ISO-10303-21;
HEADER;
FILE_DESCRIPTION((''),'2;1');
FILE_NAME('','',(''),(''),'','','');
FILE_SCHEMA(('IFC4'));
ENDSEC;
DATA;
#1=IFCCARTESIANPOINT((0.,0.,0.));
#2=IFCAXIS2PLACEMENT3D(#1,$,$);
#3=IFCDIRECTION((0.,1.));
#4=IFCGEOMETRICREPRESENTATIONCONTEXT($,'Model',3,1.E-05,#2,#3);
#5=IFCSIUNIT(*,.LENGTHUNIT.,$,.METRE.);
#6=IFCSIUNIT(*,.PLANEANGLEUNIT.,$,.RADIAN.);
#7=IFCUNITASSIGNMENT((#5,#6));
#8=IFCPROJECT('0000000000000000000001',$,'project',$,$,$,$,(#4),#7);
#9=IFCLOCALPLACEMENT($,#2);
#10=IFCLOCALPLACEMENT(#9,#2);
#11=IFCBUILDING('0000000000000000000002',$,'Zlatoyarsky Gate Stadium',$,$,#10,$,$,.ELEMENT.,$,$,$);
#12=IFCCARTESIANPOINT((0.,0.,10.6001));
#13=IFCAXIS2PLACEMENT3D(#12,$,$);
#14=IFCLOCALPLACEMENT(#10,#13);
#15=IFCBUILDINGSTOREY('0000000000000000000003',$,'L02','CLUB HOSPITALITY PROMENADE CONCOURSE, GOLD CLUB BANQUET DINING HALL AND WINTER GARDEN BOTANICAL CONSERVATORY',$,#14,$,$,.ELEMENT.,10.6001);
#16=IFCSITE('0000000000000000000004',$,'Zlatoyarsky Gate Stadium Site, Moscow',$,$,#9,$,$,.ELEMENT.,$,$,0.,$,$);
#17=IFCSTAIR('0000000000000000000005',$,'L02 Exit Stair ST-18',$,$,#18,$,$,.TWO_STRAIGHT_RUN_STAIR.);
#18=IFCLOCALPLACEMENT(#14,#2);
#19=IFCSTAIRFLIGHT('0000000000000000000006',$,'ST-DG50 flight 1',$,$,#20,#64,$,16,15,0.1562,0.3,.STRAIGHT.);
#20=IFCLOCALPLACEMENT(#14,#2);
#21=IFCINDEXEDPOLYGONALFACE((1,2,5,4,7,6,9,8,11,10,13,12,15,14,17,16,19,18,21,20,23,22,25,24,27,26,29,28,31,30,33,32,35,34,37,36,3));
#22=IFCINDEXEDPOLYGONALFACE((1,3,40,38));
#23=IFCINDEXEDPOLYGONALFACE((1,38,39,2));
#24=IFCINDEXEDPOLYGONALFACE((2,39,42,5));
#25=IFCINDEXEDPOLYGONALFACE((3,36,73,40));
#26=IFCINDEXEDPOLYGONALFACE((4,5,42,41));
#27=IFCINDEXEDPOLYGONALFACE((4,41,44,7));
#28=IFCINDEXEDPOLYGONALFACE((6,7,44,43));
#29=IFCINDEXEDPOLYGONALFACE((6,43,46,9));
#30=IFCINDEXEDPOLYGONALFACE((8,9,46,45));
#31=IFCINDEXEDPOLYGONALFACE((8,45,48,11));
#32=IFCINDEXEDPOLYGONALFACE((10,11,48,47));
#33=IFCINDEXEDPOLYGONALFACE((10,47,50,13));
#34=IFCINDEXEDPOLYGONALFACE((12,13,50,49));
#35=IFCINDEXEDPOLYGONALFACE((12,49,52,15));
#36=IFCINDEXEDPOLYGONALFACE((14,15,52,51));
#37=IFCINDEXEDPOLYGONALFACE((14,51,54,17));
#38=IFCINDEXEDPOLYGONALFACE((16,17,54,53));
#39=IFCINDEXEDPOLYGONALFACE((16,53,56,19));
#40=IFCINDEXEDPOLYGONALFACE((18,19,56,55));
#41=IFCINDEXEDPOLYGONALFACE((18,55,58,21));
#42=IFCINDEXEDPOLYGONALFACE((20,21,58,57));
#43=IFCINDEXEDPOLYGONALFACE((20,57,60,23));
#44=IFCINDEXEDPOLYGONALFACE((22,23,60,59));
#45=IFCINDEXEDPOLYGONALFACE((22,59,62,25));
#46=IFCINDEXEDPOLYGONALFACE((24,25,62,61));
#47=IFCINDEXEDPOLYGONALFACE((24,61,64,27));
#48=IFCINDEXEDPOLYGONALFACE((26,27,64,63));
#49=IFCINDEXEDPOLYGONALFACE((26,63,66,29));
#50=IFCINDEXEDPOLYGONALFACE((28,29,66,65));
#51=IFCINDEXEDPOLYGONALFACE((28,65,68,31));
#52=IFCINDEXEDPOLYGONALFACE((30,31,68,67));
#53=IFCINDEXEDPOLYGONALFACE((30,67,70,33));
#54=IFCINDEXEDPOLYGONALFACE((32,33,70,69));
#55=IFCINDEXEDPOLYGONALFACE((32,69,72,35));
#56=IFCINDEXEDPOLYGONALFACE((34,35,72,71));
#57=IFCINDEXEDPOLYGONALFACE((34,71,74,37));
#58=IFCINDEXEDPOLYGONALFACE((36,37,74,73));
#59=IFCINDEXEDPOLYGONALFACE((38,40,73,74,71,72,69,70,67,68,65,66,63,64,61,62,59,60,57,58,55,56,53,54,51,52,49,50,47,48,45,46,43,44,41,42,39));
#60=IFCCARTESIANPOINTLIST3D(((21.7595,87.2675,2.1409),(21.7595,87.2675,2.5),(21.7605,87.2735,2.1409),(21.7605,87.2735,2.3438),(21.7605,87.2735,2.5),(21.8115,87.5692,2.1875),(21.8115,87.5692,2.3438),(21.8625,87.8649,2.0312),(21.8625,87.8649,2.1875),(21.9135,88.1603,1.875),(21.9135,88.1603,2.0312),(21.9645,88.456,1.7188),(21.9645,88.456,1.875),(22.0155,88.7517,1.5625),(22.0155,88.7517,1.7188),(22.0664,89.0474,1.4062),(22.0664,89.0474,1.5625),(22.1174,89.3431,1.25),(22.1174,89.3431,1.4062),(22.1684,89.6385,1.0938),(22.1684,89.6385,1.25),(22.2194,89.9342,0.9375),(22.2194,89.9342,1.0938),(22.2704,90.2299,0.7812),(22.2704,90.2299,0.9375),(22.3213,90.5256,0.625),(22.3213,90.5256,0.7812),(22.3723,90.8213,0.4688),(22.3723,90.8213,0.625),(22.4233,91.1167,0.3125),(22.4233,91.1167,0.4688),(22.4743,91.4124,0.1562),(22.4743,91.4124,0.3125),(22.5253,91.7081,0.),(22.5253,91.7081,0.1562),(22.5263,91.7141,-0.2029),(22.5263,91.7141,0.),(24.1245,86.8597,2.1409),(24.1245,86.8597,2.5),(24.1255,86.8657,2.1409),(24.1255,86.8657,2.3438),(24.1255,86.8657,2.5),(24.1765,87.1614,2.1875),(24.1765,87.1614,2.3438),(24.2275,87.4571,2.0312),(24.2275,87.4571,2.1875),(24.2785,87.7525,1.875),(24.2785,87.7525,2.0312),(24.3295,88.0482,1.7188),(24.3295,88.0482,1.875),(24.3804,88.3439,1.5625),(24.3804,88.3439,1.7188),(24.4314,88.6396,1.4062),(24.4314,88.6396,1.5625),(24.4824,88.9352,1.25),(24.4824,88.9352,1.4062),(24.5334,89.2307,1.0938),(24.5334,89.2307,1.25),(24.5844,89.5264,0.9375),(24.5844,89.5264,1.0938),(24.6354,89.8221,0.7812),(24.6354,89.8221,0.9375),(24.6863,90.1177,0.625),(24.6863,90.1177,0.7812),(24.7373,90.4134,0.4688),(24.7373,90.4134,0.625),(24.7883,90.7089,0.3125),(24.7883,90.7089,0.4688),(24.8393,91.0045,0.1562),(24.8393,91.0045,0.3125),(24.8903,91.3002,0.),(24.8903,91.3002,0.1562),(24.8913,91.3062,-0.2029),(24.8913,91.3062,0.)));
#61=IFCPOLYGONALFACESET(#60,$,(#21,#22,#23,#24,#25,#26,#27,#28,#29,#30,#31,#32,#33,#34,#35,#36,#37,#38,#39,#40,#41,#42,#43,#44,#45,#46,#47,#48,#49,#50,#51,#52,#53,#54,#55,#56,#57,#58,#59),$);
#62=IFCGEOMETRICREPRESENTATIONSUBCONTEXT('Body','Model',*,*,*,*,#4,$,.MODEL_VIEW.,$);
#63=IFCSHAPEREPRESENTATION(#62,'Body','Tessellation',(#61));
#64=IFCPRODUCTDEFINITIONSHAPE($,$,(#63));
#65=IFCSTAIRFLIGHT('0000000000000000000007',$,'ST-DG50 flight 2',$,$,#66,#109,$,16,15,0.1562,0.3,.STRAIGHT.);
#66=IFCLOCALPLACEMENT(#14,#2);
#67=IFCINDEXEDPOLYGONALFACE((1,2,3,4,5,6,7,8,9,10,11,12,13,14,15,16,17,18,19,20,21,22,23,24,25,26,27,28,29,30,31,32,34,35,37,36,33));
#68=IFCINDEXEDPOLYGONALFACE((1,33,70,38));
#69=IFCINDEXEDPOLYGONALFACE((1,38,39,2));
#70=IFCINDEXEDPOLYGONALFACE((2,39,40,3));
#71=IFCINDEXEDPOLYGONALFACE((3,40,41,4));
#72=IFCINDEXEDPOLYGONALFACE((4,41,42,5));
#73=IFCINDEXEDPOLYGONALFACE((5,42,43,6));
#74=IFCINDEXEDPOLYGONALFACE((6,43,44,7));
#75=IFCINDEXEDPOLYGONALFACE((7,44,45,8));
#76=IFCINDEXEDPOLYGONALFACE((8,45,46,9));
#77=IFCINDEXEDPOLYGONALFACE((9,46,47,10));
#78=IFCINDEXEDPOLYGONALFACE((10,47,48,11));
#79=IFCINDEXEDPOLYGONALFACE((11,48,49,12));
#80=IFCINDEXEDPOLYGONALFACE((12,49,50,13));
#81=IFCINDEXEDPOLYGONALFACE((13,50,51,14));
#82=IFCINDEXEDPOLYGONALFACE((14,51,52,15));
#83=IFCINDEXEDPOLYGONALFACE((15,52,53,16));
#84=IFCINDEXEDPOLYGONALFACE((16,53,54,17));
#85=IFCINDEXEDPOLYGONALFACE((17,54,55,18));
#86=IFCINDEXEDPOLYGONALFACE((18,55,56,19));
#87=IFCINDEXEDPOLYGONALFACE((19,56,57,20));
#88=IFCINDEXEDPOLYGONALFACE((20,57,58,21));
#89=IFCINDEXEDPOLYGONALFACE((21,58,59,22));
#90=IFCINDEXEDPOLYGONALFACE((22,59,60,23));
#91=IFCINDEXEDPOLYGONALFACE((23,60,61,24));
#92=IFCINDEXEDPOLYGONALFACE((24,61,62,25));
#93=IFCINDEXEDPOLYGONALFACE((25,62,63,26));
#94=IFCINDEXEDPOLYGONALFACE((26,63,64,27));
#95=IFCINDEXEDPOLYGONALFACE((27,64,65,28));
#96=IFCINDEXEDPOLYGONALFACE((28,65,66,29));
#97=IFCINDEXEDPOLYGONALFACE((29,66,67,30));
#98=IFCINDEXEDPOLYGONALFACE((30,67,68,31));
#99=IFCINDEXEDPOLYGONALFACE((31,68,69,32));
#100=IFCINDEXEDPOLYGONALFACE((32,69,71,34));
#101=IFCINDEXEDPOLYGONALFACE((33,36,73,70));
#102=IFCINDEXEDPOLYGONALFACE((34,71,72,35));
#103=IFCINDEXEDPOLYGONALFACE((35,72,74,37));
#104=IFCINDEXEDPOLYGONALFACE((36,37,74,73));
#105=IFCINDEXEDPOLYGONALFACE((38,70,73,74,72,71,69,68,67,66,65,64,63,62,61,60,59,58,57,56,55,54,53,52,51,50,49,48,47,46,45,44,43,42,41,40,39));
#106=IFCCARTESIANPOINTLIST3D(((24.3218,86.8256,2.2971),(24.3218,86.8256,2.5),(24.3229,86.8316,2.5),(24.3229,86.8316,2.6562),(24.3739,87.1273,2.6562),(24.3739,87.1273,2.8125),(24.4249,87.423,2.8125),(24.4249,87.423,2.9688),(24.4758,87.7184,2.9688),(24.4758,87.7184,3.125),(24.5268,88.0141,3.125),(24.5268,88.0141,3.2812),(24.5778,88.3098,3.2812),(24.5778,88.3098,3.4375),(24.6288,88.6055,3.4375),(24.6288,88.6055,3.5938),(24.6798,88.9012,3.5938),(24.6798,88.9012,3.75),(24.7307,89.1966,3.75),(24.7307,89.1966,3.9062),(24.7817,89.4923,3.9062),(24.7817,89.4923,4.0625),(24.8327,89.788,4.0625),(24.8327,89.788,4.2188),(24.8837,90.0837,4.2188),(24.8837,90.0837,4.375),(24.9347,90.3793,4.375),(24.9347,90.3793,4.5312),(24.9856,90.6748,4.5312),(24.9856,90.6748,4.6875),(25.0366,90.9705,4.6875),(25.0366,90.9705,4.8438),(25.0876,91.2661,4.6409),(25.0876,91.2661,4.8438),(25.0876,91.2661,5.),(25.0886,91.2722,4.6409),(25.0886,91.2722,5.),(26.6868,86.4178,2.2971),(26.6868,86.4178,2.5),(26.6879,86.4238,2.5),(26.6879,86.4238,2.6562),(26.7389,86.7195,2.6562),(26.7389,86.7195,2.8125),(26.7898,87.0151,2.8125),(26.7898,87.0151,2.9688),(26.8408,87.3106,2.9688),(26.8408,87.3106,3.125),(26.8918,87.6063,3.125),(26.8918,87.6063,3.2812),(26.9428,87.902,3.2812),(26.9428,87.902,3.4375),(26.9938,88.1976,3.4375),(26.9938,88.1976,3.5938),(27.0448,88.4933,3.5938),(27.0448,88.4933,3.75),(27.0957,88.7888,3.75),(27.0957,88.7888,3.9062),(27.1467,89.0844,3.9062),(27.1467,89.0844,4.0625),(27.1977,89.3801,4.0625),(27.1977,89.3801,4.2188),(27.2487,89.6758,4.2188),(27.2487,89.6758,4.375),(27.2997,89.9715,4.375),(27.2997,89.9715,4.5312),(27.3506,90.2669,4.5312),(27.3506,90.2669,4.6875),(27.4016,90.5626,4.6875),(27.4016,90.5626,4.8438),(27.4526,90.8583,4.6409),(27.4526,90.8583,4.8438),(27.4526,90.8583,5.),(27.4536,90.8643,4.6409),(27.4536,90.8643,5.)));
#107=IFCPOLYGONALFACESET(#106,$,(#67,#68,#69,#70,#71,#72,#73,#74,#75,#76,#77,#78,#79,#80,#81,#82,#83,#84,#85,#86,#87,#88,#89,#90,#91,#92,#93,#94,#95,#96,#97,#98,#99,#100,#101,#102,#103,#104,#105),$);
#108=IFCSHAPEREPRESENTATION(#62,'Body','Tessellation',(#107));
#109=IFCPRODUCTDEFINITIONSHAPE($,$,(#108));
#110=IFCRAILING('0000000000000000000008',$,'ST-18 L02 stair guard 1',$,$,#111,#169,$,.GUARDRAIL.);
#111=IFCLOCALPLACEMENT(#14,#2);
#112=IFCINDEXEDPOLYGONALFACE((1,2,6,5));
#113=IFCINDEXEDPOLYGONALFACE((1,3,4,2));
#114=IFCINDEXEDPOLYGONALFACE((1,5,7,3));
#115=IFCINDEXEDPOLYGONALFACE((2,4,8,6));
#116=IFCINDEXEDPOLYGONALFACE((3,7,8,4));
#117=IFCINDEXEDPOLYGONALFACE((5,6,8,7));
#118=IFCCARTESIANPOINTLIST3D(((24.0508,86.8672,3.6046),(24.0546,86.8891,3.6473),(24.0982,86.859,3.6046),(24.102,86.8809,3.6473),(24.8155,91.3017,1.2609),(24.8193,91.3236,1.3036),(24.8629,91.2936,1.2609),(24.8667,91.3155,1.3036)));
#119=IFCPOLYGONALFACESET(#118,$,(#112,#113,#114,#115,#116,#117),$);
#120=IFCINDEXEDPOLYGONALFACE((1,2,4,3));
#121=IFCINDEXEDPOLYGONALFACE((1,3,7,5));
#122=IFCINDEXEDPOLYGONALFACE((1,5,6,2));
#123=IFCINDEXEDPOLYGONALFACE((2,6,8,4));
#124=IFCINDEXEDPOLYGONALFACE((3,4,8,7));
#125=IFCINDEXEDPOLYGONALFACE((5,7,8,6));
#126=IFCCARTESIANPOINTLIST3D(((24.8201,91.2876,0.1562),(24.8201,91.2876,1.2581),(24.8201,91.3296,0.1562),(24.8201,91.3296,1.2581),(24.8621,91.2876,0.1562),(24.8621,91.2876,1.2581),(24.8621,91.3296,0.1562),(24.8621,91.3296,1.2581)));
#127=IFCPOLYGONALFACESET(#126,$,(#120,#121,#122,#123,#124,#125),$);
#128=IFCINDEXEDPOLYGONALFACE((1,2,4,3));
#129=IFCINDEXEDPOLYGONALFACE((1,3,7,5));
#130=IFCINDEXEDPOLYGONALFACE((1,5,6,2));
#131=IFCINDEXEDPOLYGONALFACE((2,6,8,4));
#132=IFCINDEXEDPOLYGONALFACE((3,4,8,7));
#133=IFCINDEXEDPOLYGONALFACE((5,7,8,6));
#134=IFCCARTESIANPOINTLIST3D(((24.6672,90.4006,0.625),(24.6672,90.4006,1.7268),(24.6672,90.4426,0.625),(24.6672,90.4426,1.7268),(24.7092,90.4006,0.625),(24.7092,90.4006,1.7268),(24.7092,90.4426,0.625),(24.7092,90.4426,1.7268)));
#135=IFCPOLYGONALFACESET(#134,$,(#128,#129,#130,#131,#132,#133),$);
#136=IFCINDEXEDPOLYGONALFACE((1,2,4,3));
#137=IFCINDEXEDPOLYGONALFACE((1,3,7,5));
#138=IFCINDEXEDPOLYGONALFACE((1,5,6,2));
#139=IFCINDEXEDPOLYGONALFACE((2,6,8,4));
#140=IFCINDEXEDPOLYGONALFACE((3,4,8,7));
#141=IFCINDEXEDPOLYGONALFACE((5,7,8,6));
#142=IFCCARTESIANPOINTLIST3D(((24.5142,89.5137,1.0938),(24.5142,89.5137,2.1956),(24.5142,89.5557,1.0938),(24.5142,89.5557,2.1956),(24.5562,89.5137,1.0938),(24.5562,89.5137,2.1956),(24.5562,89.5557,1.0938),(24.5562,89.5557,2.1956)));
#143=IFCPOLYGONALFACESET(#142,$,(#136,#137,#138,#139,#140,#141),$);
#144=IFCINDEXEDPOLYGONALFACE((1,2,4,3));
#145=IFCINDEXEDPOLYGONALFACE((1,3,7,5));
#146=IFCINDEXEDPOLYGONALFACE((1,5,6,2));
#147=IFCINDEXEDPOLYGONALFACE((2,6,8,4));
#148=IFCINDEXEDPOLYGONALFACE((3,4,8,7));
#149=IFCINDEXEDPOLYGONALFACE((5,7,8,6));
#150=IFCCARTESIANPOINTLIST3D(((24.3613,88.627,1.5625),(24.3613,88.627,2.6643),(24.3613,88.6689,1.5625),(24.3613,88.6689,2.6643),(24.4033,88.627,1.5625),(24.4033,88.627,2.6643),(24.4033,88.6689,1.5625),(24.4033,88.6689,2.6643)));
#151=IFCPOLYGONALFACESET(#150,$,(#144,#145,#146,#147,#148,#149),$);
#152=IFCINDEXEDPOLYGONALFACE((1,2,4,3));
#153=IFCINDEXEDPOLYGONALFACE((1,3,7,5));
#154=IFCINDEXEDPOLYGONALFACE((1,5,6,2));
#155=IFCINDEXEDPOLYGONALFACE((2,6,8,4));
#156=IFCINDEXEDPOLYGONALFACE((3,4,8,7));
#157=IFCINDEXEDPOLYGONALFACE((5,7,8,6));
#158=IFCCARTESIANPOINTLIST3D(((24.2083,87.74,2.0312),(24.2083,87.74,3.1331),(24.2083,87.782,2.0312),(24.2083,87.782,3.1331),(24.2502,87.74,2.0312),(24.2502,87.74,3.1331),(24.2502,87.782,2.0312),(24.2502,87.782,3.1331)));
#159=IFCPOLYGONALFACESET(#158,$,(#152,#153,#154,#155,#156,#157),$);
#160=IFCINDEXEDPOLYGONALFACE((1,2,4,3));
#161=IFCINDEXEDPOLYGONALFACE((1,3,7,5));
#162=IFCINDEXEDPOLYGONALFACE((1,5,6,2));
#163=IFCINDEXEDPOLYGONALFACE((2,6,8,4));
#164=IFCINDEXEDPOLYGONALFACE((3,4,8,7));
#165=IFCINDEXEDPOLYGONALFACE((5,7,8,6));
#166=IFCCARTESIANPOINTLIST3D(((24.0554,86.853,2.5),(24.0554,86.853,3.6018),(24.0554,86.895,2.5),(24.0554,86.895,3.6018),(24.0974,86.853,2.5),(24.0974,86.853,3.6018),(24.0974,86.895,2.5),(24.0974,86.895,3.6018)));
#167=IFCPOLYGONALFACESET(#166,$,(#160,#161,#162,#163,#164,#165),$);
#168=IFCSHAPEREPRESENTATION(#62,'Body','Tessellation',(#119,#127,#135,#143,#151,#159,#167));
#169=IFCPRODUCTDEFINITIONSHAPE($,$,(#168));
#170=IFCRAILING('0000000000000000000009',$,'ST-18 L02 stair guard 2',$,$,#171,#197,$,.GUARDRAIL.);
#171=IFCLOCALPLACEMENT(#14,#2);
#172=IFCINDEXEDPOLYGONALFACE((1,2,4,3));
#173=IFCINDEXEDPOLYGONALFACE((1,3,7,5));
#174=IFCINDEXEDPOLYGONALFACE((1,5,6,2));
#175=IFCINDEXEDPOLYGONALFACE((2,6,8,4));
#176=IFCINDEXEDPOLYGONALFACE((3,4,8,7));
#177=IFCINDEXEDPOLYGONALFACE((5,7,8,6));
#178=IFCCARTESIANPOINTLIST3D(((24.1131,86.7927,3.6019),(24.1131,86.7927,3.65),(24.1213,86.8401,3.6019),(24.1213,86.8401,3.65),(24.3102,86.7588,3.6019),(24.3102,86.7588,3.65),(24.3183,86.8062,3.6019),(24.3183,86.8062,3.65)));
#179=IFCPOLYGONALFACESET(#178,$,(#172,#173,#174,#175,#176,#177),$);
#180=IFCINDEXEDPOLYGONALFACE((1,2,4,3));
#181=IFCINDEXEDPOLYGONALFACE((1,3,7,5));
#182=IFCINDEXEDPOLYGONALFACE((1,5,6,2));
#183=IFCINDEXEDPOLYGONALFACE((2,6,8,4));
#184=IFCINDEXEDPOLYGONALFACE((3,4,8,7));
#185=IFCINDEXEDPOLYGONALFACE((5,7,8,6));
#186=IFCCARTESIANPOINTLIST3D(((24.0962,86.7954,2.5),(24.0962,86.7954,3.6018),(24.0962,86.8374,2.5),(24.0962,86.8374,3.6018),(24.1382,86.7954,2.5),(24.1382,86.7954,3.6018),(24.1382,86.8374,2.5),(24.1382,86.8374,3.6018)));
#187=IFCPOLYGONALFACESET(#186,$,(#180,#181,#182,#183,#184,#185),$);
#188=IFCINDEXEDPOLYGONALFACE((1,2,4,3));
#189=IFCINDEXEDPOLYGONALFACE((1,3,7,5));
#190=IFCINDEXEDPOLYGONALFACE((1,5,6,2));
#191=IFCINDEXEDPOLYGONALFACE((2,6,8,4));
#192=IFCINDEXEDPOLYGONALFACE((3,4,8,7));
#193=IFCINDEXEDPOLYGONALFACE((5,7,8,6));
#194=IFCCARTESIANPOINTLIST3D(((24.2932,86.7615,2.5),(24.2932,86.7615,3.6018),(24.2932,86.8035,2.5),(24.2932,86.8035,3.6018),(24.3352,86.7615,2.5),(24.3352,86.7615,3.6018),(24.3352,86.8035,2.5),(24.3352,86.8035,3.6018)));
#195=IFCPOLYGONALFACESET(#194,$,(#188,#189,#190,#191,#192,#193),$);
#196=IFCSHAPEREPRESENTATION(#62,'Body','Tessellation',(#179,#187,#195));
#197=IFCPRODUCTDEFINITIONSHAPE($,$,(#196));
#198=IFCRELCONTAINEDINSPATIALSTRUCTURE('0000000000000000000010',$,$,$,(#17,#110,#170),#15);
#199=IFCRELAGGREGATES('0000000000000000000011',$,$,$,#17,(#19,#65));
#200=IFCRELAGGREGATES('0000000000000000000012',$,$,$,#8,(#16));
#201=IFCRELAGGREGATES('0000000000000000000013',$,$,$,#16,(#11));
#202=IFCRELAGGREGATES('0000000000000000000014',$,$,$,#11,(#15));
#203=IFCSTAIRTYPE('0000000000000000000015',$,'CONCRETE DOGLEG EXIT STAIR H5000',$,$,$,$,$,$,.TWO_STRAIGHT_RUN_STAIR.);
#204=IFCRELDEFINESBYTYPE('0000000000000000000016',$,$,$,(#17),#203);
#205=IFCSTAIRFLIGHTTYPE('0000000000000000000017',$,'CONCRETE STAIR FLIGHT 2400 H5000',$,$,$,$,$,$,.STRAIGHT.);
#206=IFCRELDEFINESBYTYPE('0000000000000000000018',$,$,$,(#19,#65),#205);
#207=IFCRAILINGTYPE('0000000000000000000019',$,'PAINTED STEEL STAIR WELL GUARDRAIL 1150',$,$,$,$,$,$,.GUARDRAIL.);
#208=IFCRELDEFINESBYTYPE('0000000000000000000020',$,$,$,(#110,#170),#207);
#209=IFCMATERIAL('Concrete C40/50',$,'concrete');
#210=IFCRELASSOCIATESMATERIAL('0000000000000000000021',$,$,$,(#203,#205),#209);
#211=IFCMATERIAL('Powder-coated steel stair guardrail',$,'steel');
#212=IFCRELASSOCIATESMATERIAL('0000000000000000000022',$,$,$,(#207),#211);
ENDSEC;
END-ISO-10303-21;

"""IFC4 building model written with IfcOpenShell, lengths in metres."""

from ifc_helpers import new_model, si_unit, direction, frame, origin, origin_2d, place, context, subcontext, project, spatial, polyline, rectangle, outline, extrude, material, type_object, element, aggregate, save


model = new_model("IFC4")

# Units and contexts
model_context = context("Model", 3, precision=1e-05, world=origin(), true_north=direction((0.0, 1.0)))
body_context = subcontext(model_context, "Body", "Model", "MODEL_VIEW")
ifc_project = project(units=[si_unit("LENGTHUNIT", "METRE"), si_unit("PLANEANGLEUNIT", "RADIAN")], contexts=[model_context])

# Site, building, storey
site_placement = place(None, origin())
site = spatial("IfcSite", under=ifc_project, at=site_placement, Name="Zlatoyarsky Gate Stadium Site, Moscow", CompositionType="ELEMENT", RefElevation=0.0)
building_placement = place(site_placement, origin())
building = spatial("IfcBuilding", under=site, at=building_placement, Name="Zlatoyarsky Gate Stadium", CompositionType="ELEMENT")
storey_placement = place(building_placement, frame((0.0, 0.0, 10.6001)))
storey = spatial("IfcBuildingStorey", under=building, at=storey_placement, Name="L02", Description="CLUB HOSPITALITY PROMENADE CONCOURSE, GOLD CLUB BANQUET DINING HALL AND WINTER GARDEN BOTANICAL CONSERVATORY", CompositionType="ELEMENT", Elevation=10.6001)

# Shared definitions
ifc_material_1 = material(Name="Concrete C40/50", Category="concrete")

# Stair, stair flights
stair_type = type_object("IfcStairType", Name="CONCRETE DOGLEG EXIT STAIR H5000", PredefinedType="TWO_STRAIGHT_RUN_STAIR", material=ifc_material_1)
stair_placement = place(storey_placement, origin())
stair = element("IfcStair", 1, at=stair_placement, inside=storey, type_object=stair_type, Name="L02 Exit Stair ST-18", PredefinedType="TWO_STRAIGHT_RUN_STAIR")
stair_flight_type = type_object("IfcStairFlightType", Name="CONCRETE STAIR FLIGHT 2400 H5000", PredefinedType="STRAIGHT", material=ifc_material_1)
stair_flight_1_placement = place(storey_placement, frame((23.7078, 91.5042, 0.0), z_axis=(0.0, 0.0, 1.0), x_axis=(-0.169938, -0.985455, 0.0)))
stair_flight_1 = element("IfcStairFlight", 2, at=stair_flight_1_placement, type_object=stair_flight_type, Name="ST-DG50 flight 1", NumberOfRisers=16, NumberOfTreads=15, PredefinedType="STRAIGHT", RiserHeight=0.1562, TreadLength=0.3, context=body_context, shape_type="SweptSolid", body=[
    extrude(outline(polyline([(-0.0061, -0.2029), (-0.0061, 0.0), (0.0, 0.0), (0.0, 0.1562), (0.3, 0.1562), (0.3, 0.3125), (0.6001, 0.3125), (0.6001, 0.4688), (0.8999, 0.4688), (0.8999, 0.625), (1.2, 0.625), (1.2, 0.7812), (1.5, 0.7812), (1.5, 0.9375), (1.8, 0.9375), (1.8, 1.0938), (2.1001, 1.0938), (2.1001, 1.25), (2.3999, 1.25), (2.3999, 1.4062), (2.7, 1.4062), (2.7, 1.5625), (3.0, 1.5625), (3.0, 1.7188), (3.3, 1.7188), (3.3, 1.875), (3.6001, 1.875), (3.6001, 2.0312), (3.8999, 2.0312), (3.8999, 2.1875), (4.2, 2.1875), (4.2, 2.3438), (4.5, 2.3438), (4.5, 2.5), (4.5061, 2.5), (4.5061, 2.1409), (4.5, 2.1409), (-0.0061, -0.2029)])), frame((0.0, 1.2, 0.0), z_axis=(0.0, -1.0, 0.0), x_axis=(1.0, 0.0, 0.0)), (0.0, 0.0, 1.0), 2.3999),
])
stair_flight_2_placement = place(storey_placement, frame((25.5054, 86.6277, 2.5), z_axis=(0.0, 0.0, 1.0), x_axis=(0.169938, 0.985455, 0.0)))
stair_flight_2 = element("IfcStairFlight", 3, at=stair_flight_2_placement, type_object=stair_flight_type, Name="ST-DG50 flight 2", NumberOfRisers=16, NumberOfTreads=15, PredefinedType="STRAIGHT", RiserHeight=0.1562, TreadLength=0.3, context=body_context, shape_type="SweptSolid", body=[
    extrude(outline(polyline([(-0.0061, -0.2029), (-0.0061, 0.0), (0.0, 0.0), (0.0, 0.1562), (0.3, 0.1562), (0.3, 0.3125), (0.6001, 0.3125), (0.6001, 0.4688), (0.8999, 0.4688), (0.8999, 0.625), (1.2, 0.625), (1.2, 0.7812), (1.5, 0.7812), (1.5, 0.9375), (1.8, 0.9375), (1.8, 1.0938), (2.1001, 1.0938), (2.1001, 1.25), (2.3999, 1.25), (2.3999, 1.4062), (2.7, 1.4062), (2.7, 1.5625), (3.0, 1.5625), (3.0, 1.7188), (3.3, 1.7188), (3.3, 1.875), (3.6001, 1.875), (3.6001, 2.0312), (3.8999, 2.0312), (3.8999, 2.1875), (4.2, 2.1875), (4.2, 2.3438), (4.5, 2.3438), (4.5, 2.5), (4.5061, 2.5), (4.5061, 2.1409), (4.5, 2.1409), (-0.0061, -0.2029)])), frame((0.0, 1.2, 0.0), z_axis=(0.0, -1.0, 0.0), x_axis=(1.0, 0.0, 0.0)), (0.0, 0.0, 1.0), 2.3999),
])
aggregate(stair, [stair_flight_1, stair_flight_2])

# Railings
ifc_material_2 = material(Name="Powder-coated steel stair guardrail", Category="steel")
railing_type_1 = type_object("IfcRailingType", Name="PAINTED STEEL STAIR WELL GUARDRAIL 1150", PredefinedType="GUARDRAIL", material=ifc_material_2)
railing_1_placement = place(storey_placement, frame((24.8411, 91.3086, 0.1562)))
element("IfcRailing", 4, at=railing_1_placement, inside=storey, type_object=railing_type_1, Name="ST-18 L02 stair guard 1", PredefinedType="GUARDRAIL", context=body_context, shape_type="SweptSolid", body=[
    extrude(rectangle(XDim=0.0481, YDim=0.0481, at=origin_2d()), frame((0.0, 0.0, 1.126), z_axis=(-0.150706, -0.874017, 0.461934), x_axis=(0.985458, -0.169921, 0.0)), (0.0, 0.0, 1.0), 5.0737),
    extrude(rectangle(XDim=0.042, YDim=0.042, at=origin_2d()), origin(), (0.0, 0.0, 1.0), 1.1018),
    extrude(rectangle(XDim=0.042, YDim=0.042, at=origin_2d()), frame((-0.1528, -0.887, 0.4688)), (0.0, 0.0, 1.0), 1.1018),
    extrude(rectangle(XDim=0.042, YDim=0.042, at=origin_2d()), frame((-0.3059, -1.7739, 0.9375)), (0.0, 0.0, 1.0), 1.1018),
    extrude(rectangle(XDim=0.042, YDim=0.042, at=origin_2d()), frame((-0.4587, -2.6606, 1.4062)), (0.0, 0.0, 1.0), 1.1018),
    extrude(rectangle(XDim=0.042, YDim=0.042, at=origin_2d()), frame((-0.6118, -3.5476, 1.875)), (0.0, 0.0, 1.0), 1.1018),
    extrude(rectangle(XDim=0.042, YDim=0.042, at=origin_2d()), frame((-0.7646, -4.4346, 2.3438)), (0.0, 0.0, 1.0), 1.1018),
])
railing_2_placement = place(storey_placement, frame((24.1172, 86.8164, 2.5)))
element("IfcRailing", 5, at=railing_2_placement, inside=storey, type_object=railing_type_1, Name="ST-18 L02 stair guard 2", PredefinedType="GUARDRAIL", context=body_context, shape_type="SweptSolid", body=[
    extrude(rectangle(XDim=0.0481, YDim=0.0481, at=origin_2d()), frame((0.0, 0.0, 1.126), z_axis=(0.985488, -0.169743, 0.0), x_axis=(0.169743, 0.985488, 0.0)), (0.0, 0.0, 1.0), 0.2),
    extrude(rectangle(XDim=0.042, YDim=0.042, at=origin_2d()), origin(), (0.0, 0.0, 1.0), 1.1018),
    extrude(rectangle(XDim=0.042, YDim=0.042, at=origin_2d()), frame((0.197, -0.0339, 0.0)), (0.0, 0.0, 1.0), 1.1018),
])

save(model, "model.ifc")
